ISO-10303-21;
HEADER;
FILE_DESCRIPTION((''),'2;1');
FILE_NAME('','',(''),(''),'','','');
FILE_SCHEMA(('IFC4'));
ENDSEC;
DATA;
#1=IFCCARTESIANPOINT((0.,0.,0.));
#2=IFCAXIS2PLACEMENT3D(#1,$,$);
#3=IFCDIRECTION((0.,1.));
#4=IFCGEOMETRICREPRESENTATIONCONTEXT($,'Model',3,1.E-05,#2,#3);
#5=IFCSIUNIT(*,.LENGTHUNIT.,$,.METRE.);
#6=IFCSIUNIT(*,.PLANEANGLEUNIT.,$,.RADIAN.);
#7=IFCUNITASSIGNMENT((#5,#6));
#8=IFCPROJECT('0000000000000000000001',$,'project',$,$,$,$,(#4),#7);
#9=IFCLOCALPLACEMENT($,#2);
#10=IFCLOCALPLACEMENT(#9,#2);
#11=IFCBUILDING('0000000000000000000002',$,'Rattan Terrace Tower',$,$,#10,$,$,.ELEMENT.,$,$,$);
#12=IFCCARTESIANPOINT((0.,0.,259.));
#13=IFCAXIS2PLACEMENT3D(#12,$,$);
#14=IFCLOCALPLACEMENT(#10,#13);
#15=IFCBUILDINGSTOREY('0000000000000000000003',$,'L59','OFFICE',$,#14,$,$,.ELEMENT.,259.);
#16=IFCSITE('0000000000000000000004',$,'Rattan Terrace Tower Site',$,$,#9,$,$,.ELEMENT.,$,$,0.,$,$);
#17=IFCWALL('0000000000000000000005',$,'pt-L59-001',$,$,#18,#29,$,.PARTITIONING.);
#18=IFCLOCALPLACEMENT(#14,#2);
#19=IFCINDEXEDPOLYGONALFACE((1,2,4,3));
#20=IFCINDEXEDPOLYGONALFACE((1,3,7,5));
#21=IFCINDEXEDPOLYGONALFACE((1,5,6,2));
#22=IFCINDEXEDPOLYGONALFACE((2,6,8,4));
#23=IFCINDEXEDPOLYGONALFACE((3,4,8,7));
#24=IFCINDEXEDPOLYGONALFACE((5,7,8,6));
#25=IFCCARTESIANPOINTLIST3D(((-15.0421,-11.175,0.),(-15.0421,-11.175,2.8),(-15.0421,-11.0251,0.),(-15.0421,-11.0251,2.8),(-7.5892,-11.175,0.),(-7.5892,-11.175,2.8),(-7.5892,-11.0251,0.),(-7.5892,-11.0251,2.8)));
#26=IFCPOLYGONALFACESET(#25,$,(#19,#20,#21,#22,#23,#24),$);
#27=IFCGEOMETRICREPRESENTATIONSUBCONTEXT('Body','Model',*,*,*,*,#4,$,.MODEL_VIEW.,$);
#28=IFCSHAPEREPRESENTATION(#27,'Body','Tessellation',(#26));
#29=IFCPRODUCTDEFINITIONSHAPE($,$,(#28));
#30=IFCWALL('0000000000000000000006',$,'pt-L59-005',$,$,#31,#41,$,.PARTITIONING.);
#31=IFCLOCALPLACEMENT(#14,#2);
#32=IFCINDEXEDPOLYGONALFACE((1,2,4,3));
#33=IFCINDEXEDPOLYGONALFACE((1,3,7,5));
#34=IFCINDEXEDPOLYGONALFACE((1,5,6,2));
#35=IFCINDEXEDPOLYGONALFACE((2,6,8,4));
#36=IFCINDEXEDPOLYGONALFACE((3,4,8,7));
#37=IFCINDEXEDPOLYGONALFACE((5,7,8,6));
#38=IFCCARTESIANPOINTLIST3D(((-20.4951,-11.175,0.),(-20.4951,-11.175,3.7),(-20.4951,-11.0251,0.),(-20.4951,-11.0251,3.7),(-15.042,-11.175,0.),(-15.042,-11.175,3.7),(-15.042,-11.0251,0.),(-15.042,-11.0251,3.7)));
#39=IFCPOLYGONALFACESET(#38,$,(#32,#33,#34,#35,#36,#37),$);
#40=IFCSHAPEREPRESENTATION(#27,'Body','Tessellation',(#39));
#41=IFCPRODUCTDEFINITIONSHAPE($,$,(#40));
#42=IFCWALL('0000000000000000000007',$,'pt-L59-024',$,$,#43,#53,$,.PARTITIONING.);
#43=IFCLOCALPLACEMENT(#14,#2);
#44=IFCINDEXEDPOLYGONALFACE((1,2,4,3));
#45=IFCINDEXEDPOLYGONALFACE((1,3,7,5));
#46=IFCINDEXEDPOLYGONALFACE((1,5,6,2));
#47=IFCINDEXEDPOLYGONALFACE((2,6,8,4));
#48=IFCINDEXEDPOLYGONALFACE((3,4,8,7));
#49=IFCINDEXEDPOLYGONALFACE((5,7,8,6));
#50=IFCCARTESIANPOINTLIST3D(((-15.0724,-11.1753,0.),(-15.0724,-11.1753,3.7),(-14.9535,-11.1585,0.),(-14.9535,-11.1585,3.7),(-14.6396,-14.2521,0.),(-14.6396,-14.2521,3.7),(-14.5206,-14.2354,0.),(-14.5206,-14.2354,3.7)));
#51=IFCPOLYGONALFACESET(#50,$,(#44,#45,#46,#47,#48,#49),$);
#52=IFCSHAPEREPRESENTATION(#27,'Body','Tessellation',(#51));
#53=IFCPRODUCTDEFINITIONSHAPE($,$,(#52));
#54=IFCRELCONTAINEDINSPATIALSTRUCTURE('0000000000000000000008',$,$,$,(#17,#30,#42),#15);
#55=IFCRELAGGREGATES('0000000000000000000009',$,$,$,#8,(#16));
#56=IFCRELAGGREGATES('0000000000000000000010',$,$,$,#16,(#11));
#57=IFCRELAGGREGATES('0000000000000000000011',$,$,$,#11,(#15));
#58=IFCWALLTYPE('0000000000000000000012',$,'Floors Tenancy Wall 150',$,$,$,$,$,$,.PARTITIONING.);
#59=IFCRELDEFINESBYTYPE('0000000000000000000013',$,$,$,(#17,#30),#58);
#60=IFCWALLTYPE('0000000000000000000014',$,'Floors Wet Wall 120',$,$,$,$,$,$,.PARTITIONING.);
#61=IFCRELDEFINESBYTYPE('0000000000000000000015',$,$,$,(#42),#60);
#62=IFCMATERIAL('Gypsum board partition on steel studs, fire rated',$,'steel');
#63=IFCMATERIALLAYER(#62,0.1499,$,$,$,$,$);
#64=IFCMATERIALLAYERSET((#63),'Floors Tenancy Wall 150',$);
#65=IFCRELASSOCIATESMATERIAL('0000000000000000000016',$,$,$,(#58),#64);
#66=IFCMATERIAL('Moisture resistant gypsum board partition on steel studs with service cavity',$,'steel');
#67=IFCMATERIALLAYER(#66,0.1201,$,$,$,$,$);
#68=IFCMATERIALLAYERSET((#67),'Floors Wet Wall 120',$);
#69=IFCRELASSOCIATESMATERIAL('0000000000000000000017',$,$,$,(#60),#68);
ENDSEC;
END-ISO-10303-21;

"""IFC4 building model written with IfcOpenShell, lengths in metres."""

from ifc_helpers import new_model, si_unit, direction, frame, frame_2d, origin, place, context, subcontext, project, spatial, rectangle, extrude, material, layer, layer_set, type_object, element, save


model = new_model("IFC4")

# Units and contexts
model_context = context("Model", 3, precision=1e-05, world=origin(), true_north=direction((0.0, 1.0)))
body_context = subcontext(model_context, "Body", "Model", "MODEL_VIEW")
ifc_project = project(units=[si_unit("LENGTHUNIT", "METRE"), si_unit("PLANEANGLEUNIT", "RADIAN")], contexts=[model_context])

# Site, building, storey
site_placement = place(None, origin())
site = spatial("IfcSite", under=ifc_project, at=site_placement, Name="Rattan Terrace Tower Site", CompositionType="ELEMENT", RefElevation=0.0)
building_placement = place(site_placement, origin())
building = spatial("IfcBuilding", under=site, at=building_placement, Name="Rattan Terrace Tower", CompositionType="ELEMENT")
storey_placement = place(building_placement, frame((0.0, 0.0, 259.0)))
storey = spatial("IfcBuildingStorey", under=building, at=storey_placement, Name="L59", Description="OFFICE", CompositionType="ELEMENT", Elevation=259.0)

# Walls
ifc_material_1 = material(Name="Gypsum board partition on steel studs, fire rated", Category="steel")
ifc_layer_1 = layer(ifc_material_1, 0.1499)
ifc_layer_set_1 = layer_set([ifc_layer_1], Name="Floors Tenancy Wall 150")
wall_type_1 = type_object("IfcWallType", Name="Floors Tenancy Wall 150", PredefinedType="PARTITIONING", material=ifc_layer_set_1)
wall_1_placement = place(storey_placement, frame((-7.5891, -11.1001, 0.0), z_axis=(0.0, 0.0, 1.0), x_axis=(-1.0, 0.0, 0.0)))
element("IfcWall", 1, at=wall_1_placement, inside=storey, type_object=wall_type_1, Name="pt-L59-001", PredefinedType="PARTITIONING", context=body_context, shape_type="SweptSolid", body=[
    extrude(rectangle(XDim=7.4529, YDim=0.1499, at=frame_2d((3.7266, 0.0))), origin(), (0.0, 0.0, 1.0), 2.8),
])
wall_2_placement = place(storey_placement, frame((-15.042, -11.1001, 0.0), z_axis=(0.0, 0.0, 1.0), x_axis=(-1.0, 0.0, 0.0)))
element("IfcWall", 2, at=wall_2_placement, inside=storey, type_object=wall_type_1, Name="pt-L59-005", PredefinedType="PARTITIONING", context=body_context, shape_type="SweptSolid", body=[
    extrude(rectangle(XDim=5.4531, YDim=0.1499, at=frame_2d((2.7266, 0.0))), origin(), (0.0, 0.0, 1.0), 3.7),
])
ifc_material_2 = material(Name="Moisture resistant gypsum board partition on steel studs with service cavity", Category="steel")
ifc_layer_2 = layer(ifc_material_2, 0.1201)
ifc_layer_set_2 = layer_set([ifc_layer_2], Name="Floors Wet Wall 120")
wall_type_2 = type_object("IfcWallType", Name="Floors Wet Wall 120", PredefinedType="PARTITIONING", material=ifc_layer_set_2)
wall_3_placement = place(storey_placement, frame((-14.5801, -14.2439, 0.0), z_axis=(0.0, 0.0, 1.0), x_axis=(-0.139309, 0.990249, 0.0)))
element("IfcWall", 3, at=wall_3_placement, inside=storey, type_object=wall_type_2, Name="pt-L59-024", PredefinedType="PARTITIONING", context=body_context, shape_type="SweptSolid", body=[
    extrude(rectangle(XDim=3.1072, YDim=0.1201, at=frame_2d((1.5537, 0.0))), origin(), (0.0, 0.0, 1.0), 3.7),
])

save(model, "model.ifc")
